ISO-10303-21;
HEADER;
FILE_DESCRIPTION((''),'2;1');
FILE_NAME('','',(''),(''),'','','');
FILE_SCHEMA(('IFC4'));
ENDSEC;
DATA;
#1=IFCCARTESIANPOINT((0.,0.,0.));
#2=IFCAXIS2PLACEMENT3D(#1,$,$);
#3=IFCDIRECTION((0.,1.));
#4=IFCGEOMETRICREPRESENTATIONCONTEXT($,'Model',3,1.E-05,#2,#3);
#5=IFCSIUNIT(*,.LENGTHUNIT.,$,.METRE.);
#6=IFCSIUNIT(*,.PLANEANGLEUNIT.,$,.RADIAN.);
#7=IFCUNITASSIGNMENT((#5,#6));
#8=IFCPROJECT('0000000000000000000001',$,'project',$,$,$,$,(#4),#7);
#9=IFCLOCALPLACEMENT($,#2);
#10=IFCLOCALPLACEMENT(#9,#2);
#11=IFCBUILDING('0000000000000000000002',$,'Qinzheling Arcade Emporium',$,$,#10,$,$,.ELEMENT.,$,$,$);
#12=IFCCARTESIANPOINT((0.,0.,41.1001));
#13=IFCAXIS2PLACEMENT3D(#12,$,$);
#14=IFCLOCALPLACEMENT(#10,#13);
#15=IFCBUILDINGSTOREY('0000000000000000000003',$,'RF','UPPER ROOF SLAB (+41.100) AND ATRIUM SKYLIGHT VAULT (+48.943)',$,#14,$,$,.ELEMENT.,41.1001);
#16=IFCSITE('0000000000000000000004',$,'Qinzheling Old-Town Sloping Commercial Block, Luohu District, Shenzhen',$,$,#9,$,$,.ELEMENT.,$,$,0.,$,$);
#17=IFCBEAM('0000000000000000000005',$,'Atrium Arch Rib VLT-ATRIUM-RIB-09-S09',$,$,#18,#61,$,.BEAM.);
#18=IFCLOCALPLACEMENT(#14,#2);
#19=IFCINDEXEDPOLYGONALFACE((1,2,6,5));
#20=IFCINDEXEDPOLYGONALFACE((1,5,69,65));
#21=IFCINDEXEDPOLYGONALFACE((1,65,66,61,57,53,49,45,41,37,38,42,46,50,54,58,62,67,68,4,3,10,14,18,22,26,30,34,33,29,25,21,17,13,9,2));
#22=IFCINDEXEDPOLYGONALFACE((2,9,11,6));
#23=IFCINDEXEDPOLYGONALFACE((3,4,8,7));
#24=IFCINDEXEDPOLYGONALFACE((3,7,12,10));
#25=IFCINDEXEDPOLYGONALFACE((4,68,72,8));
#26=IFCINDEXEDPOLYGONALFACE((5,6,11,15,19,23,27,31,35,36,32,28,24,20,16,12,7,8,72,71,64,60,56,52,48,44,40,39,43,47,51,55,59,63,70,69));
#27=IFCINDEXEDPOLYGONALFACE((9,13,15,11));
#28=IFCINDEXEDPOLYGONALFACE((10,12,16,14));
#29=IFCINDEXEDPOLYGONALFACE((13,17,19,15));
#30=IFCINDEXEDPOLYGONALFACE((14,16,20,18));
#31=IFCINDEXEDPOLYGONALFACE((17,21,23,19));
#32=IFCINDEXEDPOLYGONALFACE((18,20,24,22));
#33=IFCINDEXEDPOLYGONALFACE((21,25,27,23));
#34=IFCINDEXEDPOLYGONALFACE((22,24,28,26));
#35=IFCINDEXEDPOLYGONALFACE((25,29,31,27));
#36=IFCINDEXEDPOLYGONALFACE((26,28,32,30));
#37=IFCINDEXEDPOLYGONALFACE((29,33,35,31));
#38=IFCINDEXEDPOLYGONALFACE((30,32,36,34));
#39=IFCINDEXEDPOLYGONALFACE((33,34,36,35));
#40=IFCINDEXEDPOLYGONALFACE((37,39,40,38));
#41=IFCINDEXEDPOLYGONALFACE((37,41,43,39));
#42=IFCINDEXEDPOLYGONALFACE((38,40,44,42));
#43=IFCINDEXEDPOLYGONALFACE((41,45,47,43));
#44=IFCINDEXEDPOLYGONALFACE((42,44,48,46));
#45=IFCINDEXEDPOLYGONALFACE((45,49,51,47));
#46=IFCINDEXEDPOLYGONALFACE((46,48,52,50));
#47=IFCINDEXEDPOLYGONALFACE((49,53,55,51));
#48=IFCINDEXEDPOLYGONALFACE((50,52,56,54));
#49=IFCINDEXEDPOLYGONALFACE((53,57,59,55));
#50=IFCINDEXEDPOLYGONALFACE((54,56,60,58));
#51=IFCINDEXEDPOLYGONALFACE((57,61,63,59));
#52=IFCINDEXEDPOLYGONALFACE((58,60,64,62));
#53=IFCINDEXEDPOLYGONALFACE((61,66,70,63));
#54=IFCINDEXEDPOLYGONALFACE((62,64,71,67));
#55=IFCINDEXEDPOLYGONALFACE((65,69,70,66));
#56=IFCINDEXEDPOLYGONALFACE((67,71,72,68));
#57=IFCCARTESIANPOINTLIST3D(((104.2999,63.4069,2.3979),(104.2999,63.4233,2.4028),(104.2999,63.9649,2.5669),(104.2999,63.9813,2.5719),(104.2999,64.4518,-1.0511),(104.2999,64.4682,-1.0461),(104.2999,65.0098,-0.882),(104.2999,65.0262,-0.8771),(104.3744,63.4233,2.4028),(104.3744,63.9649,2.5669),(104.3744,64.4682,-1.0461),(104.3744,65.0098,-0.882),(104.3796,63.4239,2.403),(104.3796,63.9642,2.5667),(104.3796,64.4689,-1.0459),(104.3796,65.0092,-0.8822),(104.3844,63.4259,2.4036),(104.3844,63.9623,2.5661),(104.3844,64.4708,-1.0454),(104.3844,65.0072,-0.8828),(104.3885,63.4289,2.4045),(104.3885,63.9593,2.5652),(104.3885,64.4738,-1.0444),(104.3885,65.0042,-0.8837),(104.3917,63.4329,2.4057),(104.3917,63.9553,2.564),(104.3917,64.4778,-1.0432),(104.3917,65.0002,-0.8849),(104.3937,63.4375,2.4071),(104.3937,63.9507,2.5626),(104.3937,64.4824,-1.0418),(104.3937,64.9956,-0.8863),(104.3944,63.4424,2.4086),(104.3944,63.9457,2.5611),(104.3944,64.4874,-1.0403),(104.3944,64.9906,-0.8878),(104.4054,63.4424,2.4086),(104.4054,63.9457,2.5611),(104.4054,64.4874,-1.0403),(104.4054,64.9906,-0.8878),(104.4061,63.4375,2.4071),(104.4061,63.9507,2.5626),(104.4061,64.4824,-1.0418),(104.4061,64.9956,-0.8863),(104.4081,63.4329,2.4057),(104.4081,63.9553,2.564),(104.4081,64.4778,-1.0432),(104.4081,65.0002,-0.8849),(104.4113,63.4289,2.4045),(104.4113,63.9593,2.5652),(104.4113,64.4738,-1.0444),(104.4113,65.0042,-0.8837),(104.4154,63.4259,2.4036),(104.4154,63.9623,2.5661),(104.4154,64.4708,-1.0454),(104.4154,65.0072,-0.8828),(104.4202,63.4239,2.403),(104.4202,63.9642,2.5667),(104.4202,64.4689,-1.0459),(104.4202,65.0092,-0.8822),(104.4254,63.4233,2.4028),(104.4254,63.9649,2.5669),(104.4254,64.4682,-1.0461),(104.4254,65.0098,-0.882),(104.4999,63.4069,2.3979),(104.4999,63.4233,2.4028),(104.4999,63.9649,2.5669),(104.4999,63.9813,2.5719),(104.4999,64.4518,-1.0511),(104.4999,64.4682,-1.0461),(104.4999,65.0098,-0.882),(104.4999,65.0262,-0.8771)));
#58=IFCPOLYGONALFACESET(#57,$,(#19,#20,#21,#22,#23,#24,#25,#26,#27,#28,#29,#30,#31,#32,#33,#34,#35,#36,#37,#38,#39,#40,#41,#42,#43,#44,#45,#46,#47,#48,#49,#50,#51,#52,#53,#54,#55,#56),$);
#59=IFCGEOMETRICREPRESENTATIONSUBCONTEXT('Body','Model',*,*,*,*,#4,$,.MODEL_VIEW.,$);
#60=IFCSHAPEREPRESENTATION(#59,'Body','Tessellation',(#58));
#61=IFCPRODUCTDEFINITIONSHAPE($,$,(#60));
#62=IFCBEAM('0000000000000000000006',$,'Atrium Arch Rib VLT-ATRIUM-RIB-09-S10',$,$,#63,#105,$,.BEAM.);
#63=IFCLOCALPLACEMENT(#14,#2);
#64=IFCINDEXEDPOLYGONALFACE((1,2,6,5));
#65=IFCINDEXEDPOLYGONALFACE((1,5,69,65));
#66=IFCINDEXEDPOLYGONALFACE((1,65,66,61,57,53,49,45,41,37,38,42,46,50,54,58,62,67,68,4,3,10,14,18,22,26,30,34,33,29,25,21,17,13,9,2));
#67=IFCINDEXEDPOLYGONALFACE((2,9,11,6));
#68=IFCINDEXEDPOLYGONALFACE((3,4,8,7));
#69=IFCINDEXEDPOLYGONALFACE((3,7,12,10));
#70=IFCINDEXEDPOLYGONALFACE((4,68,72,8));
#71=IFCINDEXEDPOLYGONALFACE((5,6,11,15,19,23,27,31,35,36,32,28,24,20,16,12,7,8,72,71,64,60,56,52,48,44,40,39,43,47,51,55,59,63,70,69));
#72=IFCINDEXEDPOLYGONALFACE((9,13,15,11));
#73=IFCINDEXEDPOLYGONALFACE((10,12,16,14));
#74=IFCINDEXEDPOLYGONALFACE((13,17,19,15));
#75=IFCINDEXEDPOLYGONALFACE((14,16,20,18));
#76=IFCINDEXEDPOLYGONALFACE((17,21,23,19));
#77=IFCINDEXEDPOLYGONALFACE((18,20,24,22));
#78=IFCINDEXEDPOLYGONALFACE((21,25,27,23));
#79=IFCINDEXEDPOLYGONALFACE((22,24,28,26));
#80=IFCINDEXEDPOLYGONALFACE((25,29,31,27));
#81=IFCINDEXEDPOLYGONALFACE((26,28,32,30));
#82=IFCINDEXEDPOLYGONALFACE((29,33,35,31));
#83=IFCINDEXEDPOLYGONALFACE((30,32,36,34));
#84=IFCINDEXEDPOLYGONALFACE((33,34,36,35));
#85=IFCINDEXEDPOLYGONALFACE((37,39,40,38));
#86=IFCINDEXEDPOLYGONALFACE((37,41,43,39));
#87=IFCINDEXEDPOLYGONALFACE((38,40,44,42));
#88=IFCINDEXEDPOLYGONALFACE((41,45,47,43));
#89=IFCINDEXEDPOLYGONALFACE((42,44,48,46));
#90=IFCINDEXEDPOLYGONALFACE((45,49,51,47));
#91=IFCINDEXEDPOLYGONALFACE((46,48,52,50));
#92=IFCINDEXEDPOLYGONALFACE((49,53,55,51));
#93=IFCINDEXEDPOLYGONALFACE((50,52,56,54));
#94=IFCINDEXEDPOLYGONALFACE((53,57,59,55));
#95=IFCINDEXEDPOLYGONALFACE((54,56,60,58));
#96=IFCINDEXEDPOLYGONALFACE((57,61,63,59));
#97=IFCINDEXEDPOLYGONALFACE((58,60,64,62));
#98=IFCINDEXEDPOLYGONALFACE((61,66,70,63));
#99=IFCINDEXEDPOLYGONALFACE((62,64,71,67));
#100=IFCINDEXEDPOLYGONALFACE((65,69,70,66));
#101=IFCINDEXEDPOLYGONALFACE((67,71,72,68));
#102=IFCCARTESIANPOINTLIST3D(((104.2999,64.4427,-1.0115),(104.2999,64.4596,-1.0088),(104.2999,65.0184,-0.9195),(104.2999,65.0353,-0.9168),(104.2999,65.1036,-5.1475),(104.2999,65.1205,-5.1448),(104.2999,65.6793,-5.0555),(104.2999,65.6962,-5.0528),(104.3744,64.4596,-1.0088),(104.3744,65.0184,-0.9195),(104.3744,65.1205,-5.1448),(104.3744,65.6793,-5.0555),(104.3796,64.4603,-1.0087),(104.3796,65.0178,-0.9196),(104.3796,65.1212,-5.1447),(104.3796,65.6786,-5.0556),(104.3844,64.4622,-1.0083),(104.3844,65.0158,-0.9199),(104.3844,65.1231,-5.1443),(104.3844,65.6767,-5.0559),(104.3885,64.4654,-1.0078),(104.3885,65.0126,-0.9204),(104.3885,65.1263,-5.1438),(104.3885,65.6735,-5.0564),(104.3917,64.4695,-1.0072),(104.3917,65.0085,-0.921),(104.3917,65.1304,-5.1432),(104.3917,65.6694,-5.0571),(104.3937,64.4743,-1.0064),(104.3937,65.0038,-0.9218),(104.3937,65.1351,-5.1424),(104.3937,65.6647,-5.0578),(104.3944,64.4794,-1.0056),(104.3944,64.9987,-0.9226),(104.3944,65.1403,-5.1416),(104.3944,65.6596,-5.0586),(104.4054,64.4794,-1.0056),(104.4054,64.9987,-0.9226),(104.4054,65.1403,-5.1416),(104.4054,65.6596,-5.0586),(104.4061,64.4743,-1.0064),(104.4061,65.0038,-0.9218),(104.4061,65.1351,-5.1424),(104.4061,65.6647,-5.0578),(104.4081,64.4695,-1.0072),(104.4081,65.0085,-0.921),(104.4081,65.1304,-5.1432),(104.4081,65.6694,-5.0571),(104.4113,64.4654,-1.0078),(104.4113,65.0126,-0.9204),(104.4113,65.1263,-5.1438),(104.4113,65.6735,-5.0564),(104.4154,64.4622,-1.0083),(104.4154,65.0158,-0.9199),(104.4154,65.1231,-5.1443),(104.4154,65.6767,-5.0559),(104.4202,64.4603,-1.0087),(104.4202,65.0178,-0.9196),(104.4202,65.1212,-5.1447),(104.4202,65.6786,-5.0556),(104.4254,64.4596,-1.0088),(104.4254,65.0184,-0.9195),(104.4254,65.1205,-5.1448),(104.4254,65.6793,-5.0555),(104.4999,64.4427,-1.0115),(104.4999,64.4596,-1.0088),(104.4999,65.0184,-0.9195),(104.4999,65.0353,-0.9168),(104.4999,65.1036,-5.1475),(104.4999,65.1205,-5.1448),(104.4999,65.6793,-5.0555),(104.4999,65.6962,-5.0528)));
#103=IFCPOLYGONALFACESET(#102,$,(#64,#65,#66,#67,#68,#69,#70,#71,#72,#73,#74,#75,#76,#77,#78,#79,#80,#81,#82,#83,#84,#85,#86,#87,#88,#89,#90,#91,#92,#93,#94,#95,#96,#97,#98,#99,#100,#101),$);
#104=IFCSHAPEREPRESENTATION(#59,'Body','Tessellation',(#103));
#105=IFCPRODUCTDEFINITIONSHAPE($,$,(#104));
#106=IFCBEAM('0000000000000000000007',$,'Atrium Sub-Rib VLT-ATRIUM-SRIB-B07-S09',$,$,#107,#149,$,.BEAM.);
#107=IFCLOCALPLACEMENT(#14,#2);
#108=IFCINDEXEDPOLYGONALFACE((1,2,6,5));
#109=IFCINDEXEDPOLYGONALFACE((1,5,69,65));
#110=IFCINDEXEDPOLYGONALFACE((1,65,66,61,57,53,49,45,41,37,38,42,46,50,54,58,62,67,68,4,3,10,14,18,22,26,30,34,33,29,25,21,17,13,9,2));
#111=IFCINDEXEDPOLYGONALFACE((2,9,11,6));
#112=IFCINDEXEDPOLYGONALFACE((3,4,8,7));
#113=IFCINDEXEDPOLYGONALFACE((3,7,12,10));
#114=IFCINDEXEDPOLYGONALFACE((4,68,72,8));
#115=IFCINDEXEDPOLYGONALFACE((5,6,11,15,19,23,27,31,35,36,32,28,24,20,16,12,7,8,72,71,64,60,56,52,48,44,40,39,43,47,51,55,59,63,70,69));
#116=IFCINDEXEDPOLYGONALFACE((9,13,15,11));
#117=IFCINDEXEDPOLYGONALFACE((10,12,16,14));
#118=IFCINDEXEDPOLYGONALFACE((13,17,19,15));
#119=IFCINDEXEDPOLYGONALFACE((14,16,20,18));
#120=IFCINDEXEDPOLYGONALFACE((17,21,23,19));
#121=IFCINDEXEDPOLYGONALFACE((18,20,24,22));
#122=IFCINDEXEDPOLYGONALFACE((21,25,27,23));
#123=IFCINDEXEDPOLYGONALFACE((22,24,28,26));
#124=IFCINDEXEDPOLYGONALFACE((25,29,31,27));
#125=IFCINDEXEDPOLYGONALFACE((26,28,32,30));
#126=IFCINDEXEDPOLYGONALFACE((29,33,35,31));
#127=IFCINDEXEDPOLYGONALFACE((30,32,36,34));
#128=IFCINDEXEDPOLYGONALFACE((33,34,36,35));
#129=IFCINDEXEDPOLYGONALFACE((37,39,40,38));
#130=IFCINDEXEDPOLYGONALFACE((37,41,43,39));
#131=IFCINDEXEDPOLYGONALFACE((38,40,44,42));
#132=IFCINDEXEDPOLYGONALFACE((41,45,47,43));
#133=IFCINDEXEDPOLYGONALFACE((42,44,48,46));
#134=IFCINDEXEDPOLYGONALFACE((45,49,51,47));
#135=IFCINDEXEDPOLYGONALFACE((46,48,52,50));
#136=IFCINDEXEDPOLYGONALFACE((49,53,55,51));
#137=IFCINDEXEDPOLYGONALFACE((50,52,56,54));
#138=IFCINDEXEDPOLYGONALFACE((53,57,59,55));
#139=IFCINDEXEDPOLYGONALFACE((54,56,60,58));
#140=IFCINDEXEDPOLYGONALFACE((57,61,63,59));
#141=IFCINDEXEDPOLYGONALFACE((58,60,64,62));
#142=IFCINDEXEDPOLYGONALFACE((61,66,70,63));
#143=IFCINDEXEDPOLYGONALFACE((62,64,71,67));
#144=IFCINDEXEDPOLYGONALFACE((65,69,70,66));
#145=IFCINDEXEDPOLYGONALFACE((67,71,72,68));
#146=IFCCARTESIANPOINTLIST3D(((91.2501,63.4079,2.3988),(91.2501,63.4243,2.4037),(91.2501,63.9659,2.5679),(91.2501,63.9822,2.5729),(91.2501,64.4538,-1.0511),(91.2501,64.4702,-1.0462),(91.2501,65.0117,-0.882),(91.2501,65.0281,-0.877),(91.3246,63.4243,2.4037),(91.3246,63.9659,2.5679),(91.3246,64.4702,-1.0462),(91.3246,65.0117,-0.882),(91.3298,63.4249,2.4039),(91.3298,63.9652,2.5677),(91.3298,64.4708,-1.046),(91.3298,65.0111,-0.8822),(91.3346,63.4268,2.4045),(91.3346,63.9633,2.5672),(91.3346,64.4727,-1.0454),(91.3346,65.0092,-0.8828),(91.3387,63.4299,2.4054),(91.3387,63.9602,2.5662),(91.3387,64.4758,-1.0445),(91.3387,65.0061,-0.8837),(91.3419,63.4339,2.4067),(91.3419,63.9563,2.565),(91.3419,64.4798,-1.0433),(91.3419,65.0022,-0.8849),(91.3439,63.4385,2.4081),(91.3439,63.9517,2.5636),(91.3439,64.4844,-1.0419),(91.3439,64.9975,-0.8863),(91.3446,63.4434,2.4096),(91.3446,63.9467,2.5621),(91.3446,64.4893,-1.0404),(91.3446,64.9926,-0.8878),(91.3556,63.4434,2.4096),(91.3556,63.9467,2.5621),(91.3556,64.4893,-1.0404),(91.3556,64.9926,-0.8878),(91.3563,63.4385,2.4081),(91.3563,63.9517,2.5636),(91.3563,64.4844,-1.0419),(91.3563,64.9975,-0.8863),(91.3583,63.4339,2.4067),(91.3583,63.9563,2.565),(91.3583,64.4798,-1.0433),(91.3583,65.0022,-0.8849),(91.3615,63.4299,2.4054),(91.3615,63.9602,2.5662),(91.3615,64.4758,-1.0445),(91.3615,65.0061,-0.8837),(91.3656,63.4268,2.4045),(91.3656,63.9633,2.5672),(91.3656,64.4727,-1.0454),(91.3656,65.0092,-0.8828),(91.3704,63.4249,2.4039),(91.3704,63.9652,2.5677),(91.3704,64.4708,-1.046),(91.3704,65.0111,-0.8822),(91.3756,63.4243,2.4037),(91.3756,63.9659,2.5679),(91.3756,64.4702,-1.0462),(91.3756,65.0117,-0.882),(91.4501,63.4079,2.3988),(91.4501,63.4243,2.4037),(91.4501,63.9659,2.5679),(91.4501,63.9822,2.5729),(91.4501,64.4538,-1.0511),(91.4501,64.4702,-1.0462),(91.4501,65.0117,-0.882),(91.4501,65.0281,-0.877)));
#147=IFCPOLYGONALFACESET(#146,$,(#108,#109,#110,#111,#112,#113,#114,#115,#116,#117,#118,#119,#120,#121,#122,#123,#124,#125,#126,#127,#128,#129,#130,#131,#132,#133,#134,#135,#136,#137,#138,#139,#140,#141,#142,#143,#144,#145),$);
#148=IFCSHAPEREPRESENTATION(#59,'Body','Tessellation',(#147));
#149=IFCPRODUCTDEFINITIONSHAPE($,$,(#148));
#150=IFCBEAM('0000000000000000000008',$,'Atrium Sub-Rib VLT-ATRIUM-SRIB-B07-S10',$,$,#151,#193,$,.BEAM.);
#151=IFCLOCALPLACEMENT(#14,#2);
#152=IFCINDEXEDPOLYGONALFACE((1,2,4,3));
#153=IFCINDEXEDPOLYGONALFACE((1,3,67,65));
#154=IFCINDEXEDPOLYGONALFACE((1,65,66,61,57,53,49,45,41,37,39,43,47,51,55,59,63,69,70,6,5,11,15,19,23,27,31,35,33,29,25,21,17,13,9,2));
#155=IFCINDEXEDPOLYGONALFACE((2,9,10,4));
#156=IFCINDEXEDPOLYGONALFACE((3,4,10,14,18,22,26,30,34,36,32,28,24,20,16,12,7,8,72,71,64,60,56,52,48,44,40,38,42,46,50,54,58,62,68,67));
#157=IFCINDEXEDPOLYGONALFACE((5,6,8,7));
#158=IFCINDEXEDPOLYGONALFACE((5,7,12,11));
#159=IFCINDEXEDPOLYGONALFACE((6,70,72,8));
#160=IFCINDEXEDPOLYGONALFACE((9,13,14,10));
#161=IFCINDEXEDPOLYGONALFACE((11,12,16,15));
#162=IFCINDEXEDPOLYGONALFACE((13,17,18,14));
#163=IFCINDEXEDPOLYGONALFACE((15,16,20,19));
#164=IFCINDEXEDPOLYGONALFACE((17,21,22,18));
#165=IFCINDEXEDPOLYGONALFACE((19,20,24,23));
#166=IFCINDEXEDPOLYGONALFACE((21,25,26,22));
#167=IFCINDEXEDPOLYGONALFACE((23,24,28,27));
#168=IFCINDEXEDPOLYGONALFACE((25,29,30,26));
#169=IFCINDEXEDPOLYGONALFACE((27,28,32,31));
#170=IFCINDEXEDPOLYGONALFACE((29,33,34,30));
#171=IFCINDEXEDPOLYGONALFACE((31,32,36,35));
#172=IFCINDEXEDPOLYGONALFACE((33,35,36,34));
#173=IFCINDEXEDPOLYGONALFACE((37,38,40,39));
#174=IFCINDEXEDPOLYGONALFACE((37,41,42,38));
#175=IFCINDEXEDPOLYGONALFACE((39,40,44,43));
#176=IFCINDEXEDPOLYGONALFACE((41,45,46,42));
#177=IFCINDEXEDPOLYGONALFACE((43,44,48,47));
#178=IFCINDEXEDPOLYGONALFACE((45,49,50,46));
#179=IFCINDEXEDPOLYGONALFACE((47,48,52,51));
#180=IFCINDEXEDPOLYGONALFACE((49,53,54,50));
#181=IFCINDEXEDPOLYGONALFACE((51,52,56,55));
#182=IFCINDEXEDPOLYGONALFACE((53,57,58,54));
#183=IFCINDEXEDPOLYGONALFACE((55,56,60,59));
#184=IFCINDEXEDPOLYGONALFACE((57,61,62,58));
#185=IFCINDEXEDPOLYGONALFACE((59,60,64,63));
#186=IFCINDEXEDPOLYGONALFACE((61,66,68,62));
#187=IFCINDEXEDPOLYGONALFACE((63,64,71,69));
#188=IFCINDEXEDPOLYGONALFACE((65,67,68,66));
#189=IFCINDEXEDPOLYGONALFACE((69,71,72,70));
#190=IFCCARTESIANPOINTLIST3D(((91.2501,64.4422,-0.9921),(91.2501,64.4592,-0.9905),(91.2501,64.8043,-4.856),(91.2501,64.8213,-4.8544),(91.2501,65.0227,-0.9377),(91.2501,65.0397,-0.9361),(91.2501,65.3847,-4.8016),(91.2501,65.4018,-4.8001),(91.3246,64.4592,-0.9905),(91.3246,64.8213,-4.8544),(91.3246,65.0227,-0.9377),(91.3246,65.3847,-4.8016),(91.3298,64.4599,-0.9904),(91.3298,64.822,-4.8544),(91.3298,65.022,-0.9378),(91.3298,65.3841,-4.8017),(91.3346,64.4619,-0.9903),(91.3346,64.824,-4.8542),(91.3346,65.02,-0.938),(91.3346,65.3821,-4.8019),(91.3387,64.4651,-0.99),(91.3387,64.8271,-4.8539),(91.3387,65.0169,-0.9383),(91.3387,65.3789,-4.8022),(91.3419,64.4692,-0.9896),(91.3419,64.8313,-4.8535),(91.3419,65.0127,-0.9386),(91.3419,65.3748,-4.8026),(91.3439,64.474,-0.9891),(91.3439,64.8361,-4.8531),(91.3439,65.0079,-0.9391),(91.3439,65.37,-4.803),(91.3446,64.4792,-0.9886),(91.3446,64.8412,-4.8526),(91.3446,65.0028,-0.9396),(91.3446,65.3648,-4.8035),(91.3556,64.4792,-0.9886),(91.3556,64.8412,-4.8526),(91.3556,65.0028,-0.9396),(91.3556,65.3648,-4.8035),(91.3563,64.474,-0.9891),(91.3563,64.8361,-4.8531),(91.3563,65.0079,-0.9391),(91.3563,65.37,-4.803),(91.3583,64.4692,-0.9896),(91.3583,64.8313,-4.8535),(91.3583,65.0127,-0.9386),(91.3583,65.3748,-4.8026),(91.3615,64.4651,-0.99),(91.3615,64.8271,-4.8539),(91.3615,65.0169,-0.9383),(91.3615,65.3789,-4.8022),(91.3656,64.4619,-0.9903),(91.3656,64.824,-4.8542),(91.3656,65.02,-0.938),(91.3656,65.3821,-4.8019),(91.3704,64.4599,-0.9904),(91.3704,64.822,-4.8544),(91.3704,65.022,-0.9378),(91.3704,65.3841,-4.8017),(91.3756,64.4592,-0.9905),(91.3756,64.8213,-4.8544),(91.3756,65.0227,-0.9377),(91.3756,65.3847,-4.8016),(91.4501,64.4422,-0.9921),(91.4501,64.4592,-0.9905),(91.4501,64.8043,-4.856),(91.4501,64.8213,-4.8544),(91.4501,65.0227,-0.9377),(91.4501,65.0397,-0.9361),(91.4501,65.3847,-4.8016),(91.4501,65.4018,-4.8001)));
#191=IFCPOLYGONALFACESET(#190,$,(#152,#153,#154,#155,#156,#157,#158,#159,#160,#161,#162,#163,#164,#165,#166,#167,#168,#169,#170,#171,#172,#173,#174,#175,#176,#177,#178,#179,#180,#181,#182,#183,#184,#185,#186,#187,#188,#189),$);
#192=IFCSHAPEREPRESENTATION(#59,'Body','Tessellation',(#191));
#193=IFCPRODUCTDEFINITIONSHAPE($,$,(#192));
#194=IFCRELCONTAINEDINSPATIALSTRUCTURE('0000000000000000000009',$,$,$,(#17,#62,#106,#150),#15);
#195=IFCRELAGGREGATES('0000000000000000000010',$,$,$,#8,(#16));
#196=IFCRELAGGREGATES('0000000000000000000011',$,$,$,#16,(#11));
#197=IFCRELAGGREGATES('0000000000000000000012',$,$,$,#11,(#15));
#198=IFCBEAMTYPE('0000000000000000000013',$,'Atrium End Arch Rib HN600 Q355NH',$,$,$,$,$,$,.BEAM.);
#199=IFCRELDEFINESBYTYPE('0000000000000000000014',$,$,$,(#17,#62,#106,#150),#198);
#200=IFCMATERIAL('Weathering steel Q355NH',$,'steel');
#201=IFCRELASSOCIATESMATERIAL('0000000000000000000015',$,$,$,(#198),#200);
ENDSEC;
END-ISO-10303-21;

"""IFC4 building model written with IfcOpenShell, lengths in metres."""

from ifc_helpers import new_model, si_unit, direction, frame, origin, origin_2d, place, context, subcontext, project, spatial, i_section, extrude, material, material_profile, profile_set, type_object, element, save


model = new_model("IFC4")

# Units and contexts
model_context = context("Model", 3, precision=1e-05, world=origin(), true_north=direction((0.0, 1.0)))
body_context = subcontext(model_context, "Body", "Model", "MODEL_VIEW")
ifc_project = project(units=[si_unit("LENGTHUNIT", "METRE"), si_unit("PLANEANGLEUNIT", "RADIAN")], contexts=[model_context])

# Site, building, storey
site_placement = place(None, origin())
site = spatial("IfcSite", under=ifc_project, at=site_placement, Name="Qinzheling Old-Town Sloping Commercial Block, Luohu District, Shenzhen", CompositionType="ELEMENT", RefElevation=0.0)
building_placement = place(site_placement, origin())
building = spatial("IfcBuilding", under=site, at=building_placement, Name="Qinzheling Arcade Emporium", CompositionType="ELEMENT")
storey_placement = place(building_placement, frame((0.0, 0.0, 41.1001)))
storey = spatial("IfcBuildingStorey", under=building, at=storey_placement, Name="RF", Description="UPPER ROOF SLAB (+41.100) AND ATRIUM SKYLIGHT VAULT (+48.943)", CompositionType="ELEMENT", Elevation=41.1001)

# Beams
ifc_material_1 = material(Name="Weathering steel Q355NH", Category="steel")
ifc_material_profile_1 = material_profile(ifc_material_1, i_section(OverallWidth=0.2, OverallDepth=0.6001, WebThickness=0.011, FlangeThickness=0.0171, FilletRadius=0.02, at=origin_2d()), Name="HN 600x200x11x17", Category="steel")
ifc_profile_set_1 = profile_set([ifc_material_profile_1], Name="Weathering steel Q355NH")
beam_type_1 = type_object("IfcBeamType", Name="Atrium End Arch Rib HN600 Q355NH", PredefinedType="BEAM", material=ifc_profile_set_1)
beam_1_placement = place(storey_placement, frame((104.3999, 63.6941, 2.4849), z_axis=(0.0, 0.289951, -0.957041), x_axis=(-1.0, 0.0, 0.0)))
element("IfcBeam", 1, at=beam_1_placement, inside=storey, type_object=beam_type_1, Name="Atrium Arch Rib VLT-ATRIUM-RIB-09-S09", PredefinedType="BEAM", context=body_context, shape_type="SweptSolid", body=[
    extrude(i_section(OverallWidth=0.2, OverallDepth=0.6001, WebThickness=0.011, FlangeThickness=0.0171, FilletRadius=0.02, at=origin_2d()), origin(), (0.0, 0.0, 1.0), 3.6038),
])
beam_2_placement = place(storey_placement, frame((104.3999, 64.739, -0.9641), z_axis=(0.0, 0.157788, -0.987473), x_axis=(-1.0, 0.0, 0.0)))
element("IfcBeam", 2, at=beam_2_placement, inside=storey, type_object=beam_type_1, Name="Atrium Arch Rib VLT-ATRIUM-RIB-09-S10", PredefinedType="BEAM", context=body_context, shape_type="SweptSolid", body=[
    extrude(i_section(OverallWidth=0.2, OverallDepth=0.6001, WebThickness=0.011, FlangeThickness=0.0171, FilletRadius=0.02, at=origin_2d()), origin(), (0.0, 0.0, 1.0), 4.1885),
])
beam_3_placement = place(storey_placement, frame((91.3501, 63.6951, 2.4858), z_axis=(0.0, 0.290124, -0.956989), x_axis=(-1.0, 0.0, 0.0)))
element("IfcBeam", 3, at=beam_3_placement, inside=storey, type_object=beam_type_1, Name="Atrium Sub-Rib VLT-ATRIUM-SRIB-B07-S09", PredefinedType="BEAM", context=body_context, shape_type="SweptSolid", body=[
    extrude(i_section(OverallWidth=0.2, OverallDepth=0.6001, WebThickness=0.011, FlangeThickness=0.0171, FilletRadius=0.02, at=origin_2d()), origin(), (0.0, 0.0, 1.0), 3.605),
])
beam_4_placement = place(storey_placement, frame((91.3501, 64.741, -0.9641), z_axis=(0.0, 0.093292, -0.995639), x_axis=(-1.0, 0.0, 0.0)))
element("IfcBeam", 4, at=beam_4_placement, inside=storey, type_object=beam_type_1, Name="Atrium Sub-Rib VLT-ATRIUM-SRIB-B07-S10", PredefinedType="BEAM", context=body_context, shape_type="SweptSolid", body=[
    extrude(i_section(OverallWidth=0.2, OverallDepth=0.6001, WebThickness=0.011, FlangeThickness=0.0171, FilletRadius=0.02, at=origin_2d()), origin(), (0.0, 0.0, 1.0), 3.8809),
])

save(model, "model.ifc")
